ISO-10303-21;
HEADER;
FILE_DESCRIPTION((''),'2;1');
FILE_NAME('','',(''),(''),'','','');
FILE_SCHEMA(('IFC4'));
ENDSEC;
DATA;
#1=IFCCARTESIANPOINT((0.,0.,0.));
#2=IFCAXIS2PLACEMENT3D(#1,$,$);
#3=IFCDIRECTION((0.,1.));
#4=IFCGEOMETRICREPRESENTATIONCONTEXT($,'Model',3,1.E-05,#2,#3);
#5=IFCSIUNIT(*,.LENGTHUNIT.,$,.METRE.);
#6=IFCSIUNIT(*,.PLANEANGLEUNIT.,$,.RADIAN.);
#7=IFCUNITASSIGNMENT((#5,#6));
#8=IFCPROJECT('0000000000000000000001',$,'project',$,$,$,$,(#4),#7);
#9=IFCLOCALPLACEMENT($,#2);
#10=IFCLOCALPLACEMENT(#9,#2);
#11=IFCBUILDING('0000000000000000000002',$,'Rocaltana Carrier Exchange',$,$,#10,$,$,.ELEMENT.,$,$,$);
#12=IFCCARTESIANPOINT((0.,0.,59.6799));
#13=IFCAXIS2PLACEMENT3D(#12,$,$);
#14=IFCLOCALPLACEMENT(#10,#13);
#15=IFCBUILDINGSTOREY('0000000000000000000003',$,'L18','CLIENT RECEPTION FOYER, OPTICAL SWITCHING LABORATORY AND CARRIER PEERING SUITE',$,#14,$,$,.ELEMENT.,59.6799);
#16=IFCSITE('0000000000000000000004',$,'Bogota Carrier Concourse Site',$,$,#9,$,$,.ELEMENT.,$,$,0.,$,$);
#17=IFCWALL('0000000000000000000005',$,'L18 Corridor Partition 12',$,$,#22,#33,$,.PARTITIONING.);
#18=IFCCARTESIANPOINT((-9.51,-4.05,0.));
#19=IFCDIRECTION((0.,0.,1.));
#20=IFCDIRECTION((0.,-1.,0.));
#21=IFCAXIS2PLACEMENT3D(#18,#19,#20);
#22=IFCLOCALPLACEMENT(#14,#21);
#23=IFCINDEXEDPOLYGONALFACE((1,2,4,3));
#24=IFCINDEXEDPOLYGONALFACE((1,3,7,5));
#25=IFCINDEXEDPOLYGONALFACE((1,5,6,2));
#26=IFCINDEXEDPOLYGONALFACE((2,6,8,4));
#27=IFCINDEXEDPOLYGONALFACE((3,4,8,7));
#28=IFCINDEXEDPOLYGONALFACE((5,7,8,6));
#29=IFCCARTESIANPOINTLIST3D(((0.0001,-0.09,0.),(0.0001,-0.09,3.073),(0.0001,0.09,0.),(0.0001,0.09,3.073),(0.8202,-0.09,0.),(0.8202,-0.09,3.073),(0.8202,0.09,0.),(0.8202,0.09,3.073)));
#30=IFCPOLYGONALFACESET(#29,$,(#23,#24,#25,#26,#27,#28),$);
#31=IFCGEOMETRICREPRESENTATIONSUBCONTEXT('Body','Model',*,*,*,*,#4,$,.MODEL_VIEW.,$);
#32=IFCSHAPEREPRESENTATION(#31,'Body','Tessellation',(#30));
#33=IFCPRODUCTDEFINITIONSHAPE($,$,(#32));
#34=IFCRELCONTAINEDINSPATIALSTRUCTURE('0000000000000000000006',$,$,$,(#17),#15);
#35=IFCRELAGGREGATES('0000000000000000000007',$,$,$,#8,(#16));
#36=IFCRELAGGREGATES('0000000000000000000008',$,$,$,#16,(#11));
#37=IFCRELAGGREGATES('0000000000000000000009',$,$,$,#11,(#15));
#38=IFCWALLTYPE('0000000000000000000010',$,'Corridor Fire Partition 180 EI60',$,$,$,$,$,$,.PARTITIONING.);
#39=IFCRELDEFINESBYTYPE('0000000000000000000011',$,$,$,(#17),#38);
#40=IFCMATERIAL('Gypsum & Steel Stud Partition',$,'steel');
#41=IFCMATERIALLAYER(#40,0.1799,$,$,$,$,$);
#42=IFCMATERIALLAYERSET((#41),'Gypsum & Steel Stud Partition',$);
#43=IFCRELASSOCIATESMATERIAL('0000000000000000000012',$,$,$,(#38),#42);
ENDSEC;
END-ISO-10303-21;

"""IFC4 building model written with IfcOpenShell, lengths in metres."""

from ifc_helpers import new_model, si_unit, direction, frame, frame_2d, origin, place, context, subcontext, project, spatial, rectangle, extrude, material, layer, layer_set, type_object, element, save


model = new_model("IFC4")

# Units and contexts
model_context = context("Model", 3, precision=1e-05, world=origin(), true_north=direction((0.0, 1.0)))
body_context = subcontext(model_context, "Body", "Model", "MODEL_VIEW")
ifc_project = project(units=[si_unit("LENGTHUNIT", "METRE"), si_unit("PLANEANGLEUNIT", "RADIAN")], contexts=[model_context])

# Site, building, storey
site_placement = place(None, origin())
site = spatial("IfcSite", under=ifc_project, at=site_placement, Name="Bogota Carrier Concourse Site", CompositionType="ELEMENT", RefElevation=0.0)
building_placement = place(site_placement, origin())
building = spatial("IfcBuilding", under=site, at=building_placement, Name="Rocaltana Carrier Exchange", CompositionType="ELEMENT")
storey_placement = place(building_placement, frame((0.0, 0.0, 59.6799)))
storey = spatial("IfcBuildingStorey", under=building, at=storey_placement, Name="L18", Description="CLIENT RECEPTION FOYER, OPTICAL SWITCHING LABORATORY AND CARRIER PEERING SUITE", CompositionType="ELEMENT", Elevation=59.6799)

# Shared definitions
ifc_material_1 = material(Name="Gypsum & Steel Stud Partition", Category="steel")
ifc_layer_1 = layer(ifc_material_1, 0.1799)
ifc_layer_set_1 = layer_set([ifc_layer_1], Name="Gypsum & Steel Stud Partition")
wall_type_1 = type_object("IfcWallType", Name="Corridor Fire Partition 180 EI60", PredefinedType="PARTITIONING", material=ifc_layer_set_1)

# Wall
wall_1_placement = place(storey_placement, frame((-9.51, -4.05, 0.0), z_axis=(0.0, 0.0, 1.0), x_axis=(0.0, -1.0, 0.0)))
element("IfcWall", 1, at=wall_1_placement, inside=storey, type_object=wall_type_1, Name="L18 Corridor Partition 12", PredefinedType="PARTITIONING", context=body_context, shape_type="SweptSolid", body=[
    extrude(rectangle(XDim=0.8201, YDim=0.1799, at=frame_2d((0.4102, 0.0))), origin(), (0.0, 0.0, 1.0), 3.073),
])

save(model, "model.ifc")
